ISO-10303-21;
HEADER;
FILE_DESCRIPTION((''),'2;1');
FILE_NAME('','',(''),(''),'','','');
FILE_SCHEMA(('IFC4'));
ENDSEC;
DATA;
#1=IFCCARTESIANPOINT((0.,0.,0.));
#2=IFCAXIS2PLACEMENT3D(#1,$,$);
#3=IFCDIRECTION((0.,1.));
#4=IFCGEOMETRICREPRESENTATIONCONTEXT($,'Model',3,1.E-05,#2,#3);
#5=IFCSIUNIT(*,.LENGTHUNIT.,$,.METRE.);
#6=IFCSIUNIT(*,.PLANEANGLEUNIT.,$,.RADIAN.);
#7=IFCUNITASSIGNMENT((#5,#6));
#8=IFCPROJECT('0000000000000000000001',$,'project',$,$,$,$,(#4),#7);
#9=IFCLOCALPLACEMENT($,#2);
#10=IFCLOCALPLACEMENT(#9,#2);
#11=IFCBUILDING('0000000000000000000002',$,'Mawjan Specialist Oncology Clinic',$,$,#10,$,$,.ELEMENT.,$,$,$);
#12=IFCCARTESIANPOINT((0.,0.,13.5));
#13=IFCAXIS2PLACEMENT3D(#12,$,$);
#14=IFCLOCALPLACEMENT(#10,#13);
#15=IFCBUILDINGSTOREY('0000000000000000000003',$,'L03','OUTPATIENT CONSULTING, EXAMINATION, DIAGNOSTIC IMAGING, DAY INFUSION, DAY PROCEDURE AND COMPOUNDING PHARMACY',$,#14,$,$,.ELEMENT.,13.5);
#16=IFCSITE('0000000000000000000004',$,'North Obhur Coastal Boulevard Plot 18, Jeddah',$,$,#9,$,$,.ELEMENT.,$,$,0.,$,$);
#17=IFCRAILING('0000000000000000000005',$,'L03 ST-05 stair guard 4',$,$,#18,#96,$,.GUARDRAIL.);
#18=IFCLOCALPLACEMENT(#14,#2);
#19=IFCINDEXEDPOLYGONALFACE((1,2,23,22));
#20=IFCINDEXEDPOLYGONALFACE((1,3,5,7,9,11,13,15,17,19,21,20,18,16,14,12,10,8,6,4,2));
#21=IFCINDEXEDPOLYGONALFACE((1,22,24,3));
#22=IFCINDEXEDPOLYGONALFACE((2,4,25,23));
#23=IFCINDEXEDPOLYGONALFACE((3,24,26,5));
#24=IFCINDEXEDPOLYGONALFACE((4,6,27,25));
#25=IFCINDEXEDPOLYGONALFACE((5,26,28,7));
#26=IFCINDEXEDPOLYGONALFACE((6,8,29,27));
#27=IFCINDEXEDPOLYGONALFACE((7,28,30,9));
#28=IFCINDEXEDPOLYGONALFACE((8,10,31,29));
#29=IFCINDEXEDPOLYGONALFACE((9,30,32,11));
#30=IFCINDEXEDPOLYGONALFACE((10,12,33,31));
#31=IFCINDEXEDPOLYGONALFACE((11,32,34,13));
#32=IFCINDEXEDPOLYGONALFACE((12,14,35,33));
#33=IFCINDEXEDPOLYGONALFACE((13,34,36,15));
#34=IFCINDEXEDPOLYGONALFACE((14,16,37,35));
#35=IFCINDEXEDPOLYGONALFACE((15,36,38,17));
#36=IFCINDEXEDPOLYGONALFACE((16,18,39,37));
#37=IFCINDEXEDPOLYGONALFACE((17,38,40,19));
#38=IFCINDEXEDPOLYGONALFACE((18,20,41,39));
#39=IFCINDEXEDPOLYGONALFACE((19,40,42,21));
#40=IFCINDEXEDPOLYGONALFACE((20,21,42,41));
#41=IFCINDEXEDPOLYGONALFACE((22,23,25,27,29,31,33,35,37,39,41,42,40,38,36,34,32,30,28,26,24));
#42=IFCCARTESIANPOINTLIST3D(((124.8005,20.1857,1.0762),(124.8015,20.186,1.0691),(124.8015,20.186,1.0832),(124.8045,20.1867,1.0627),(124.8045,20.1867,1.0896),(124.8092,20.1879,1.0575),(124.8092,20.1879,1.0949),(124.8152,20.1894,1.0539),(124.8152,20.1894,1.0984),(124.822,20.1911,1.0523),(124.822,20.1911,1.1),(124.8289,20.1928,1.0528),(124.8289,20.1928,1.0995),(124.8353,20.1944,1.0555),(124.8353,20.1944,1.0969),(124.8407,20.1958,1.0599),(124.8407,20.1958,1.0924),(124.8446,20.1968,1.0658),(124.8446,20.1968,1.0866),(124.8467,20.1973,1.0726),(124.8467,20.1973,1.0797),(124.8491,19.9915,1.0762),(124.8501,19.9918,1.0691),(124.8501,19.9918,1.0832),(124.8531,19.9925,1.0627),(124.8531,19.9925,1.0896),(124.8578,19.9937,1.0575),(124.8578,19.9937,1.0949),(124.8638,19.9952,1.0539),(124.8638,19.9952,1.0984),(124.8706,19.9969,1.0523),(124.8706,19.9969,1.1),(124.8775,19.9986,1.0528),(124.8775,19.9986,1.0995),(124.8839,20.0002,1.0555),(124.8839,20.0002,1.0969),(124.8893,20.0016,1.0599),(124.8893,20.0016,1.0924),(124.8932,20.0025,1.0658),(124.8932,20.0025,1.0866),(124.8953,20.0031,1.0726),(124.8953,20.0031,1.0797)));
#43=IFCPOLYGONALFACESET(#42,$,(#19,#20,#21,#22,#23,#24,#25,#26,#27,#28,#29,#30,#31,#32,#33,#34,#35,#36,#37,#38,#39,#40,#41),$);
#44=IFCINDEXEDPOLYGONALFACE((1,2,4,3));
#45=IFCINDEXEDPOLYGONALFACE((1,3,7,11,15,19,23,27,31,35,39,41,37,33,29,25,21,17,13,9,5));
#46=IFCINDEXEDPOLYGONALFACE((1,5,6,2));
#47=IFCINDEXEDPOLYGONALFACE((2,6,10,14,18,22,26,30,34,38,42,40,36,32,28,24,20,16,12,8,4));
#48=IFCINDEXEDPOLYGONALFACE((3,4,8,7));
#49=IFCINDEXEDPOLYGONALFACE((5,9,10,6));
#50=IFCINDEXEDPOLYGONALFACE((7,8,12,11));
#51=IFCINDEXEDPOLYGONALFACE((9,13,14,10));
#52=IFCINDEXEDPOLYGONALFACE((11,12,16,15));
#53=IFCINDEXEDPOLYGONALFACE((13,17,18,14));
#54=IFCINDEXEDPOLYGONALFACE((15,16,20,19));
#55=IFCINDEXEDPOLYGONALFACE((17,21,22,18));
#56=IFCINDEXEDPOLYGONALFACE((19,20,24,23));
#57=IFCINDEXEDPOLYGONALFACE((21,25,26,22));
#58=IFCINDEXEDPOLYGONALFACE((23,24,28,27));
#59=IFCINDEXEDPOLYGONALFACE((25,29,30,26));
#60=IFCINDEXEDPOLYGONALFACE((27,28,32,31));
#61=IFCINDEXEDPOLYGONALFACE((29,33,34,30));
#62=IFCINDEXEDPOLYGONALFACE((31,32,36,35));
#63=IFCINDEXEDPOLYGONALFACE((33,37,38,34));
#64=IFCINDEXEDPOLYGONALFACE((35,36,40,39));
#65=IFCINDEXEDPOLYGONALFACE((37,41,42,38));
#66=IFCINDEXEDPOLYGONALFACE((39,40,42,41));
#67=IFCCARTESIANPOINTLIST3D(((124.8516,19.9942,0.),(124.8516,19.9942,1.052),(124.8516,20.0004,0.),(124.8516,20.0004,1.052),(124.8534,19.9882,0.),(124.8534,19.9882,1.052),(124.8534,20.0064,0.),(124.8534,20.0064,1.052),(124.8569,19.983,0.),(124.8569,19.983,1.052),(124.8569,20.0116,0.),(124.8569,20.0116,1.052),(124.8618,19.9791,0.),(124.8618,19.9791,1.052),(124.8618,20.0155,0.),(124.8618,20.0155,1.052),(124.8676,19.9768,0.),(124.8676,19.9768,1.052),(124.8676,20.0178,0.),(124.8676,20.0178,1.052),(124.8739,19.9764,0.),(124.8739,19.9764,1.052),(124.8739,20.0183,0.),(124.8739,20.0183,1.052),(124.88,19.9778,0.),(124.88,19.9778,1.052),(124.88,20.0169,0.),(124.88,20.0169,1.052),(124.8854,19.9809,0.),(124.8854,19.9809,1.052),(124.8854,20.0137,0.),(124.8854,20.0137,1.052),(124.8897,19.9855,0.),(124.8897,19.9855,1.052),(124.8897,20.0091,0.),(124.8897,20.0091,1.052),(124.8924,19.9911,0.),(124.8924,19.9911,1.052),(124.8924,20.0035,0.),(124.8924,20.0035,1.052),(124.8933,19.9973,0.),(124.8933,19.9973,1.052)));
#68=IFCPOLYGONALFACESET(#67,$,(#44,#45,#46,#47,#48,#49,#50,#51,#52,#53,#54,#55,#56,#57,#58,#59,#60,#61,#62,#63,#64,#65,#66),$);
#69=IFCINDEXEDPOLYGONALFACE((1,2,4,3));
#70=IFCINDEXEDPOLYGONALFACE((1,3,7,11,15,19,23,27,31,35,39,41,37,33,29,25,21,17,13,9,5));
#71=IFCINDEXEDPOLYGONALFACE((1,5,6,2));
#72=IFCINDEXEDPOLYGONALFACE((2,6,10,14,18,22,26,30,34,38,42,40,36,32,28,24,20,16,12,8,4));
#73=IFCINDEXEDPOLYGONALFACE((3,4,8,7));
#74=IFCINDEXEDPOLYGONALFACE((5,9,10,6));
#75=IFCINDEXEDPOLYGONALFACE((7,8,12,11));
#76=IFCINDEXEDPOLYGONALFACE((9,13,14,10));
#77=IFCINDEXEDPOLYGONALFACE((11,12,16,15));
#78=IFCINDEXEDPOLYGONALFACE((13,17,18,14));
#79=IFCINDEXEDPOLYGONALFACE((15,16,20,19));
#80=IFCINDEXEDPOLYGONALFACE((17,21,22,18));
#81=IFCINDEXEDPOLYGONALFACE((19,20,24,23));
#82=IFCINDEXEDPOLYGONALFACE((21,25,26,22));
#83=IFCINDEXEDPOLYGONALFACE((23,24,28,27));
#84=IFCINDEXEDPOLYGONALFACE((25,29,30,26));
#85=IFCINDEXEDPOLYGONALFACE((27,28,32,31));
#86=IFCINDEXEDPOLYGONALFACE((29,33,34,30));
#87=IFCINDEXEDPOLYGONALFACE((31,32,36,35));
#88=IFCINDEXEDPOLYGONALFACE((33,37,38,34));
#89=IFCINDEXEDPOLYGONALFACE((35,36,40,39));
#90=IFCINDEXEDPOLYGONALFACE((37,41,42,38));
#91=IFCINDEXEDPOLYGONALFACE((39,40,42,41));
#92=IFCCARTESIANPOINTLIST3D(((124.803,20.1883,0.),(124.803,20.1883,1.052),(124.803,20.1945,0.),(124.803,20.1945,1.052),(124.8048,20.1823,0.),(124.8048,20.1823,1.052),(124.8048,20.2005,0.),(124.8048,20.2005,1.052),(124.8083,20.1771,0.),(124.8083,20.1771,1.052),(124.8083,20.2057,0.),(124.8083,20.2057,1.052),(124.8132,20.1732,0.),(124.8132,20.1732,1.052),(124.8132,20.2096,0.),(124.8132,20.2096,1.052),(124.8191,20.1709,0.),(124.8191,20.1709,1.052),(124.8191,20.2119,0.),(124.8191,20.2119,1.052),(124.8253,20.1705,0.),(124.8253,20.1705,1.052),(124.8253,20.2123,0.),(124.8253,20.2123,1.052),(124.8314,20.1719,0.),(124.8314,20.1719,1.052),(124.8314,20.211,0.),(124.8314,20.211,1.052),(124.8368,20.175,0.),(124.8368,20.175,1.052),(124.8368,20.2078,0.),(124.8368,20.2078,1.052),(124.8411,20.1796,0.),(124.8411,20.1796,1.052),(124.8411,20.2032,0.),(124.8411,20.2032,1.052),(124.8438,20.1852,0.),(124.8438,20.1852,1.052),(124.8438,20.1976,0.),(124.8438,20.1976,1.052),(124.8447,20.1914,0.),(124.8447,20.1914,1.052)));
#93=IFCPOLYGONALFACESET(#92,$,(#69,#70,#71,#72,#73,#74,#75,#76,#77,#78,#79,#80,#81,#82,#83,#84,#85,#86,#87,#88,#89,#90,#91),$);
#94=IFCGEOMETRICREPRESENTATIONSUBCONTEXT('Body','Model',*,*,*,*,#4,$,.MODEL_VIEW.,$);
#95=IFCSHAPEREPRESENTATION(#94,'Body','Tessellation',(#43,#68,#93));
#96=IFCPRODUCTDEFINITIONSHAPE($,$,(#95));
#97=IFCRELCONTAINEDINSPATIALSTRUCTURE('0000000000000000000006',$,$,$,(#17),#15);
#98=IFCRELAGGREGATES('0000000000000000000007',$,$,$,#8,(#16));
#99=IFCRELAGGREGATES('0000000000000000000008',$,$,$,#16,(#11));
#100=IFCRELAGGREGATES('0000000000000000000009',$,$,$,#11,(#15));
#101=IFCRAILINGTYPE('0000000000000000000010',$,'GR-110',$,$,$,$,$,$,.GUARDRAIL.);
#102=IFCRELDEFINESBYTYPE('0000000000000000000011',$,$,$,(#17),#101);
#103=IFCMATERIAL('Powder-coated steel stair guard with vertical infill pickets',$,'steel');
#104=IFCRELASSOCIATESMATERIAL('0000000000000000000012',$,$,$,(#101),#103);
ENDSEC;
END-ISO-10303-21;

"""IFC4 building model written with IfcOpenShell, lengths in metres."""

from ifc_helpers import new_model, si_unit, direction, frame, origin, origin_2d, place, context, subcontext, project, spatial, circle, extrude, material, type_object, element, save


model = new_model("IFC4")

# Units and contexts
model_context = context("Model", 3, precision=1e-05, world=origin(), true_north=direction((0.0, 1.0)))
body_context = subcontext(model_context, "Body", "Model", "MODEL_VIEW")
ifc_project = project(units=[si_unit("LENGTHUNIT", "METRE"), si_unit("PLANEANGLEUNIT", "RADIAN")], contexts=[model_context])

# Site, building, storey
site_placement = place(None, origin())
site = spatial("IfcSite", under=ifc_project, at=site_placement, Name="North Obhur Coastal Boulevard Plot 18, Jeddah", CompositionType="ELEMENT", RefElevation=0.0)
building_placement = place(site_placement, origin())
building = spatial("IfcBuilding", under=site, at=building_placement, Name="Mawjan Specialist Oncology Clinic", CompositionType="ELEMENT")
storey_placement = place(building_placement, frame((0.0, 0.0, 13.5)))
storey = spatial("IfcBuildingStorey", under=building, at=storey_placement, Name="L03", Description="OUTPATIENT CONSULTING, EXAMINATION, DIAGNOSTIC IMAGING, DAY INFUSION, DAY PROCEDURE AND COMPOUNDING PHARMACY", CompositionType="ELEMENT", Elevation=13.5)

# Railing
ifc_material_1 = material(Name="Powder-coated steel stair guard with vertical infill pickets", Category="steel")
railing_type_1 = type_object("IfcRailingType", Name="GR-110", PredefinedType="GUARDRAIL", material=ifc_material_1)
railing_1_placement = place(storey_placement, frame((124.8723, 19.9973, 0.0)))
element("IfcRailing", 1, at=railing_1_placement, inside=storey, type_object=railing_type_1, Name="L03 ST-05 stair guard 4", PredefinedType="GUARDRAIL", context=body_context, shape_type="SweptSolid", body=[
    extrude(circle(Radius=0.0239, at=origin_2d()), frame((0.0, 0.0, 1.0762), z_axis=(-0.242823, 0.970071, 0.0), x_axis=(-0.970071, -0.242823, 0.0)), (0.0, 0.0, 1.0), 0.2002),
    extrude(circle(Radius=0.021, at=origin_2d()), origin(), (0.0, 0.0, 1.0), 1.052),
    extrude(circle(Radius=0.021, at=origin_2d()), frame((-0.0486, 0.1941, 0.0)), (0.0, 0.0, 1.0), 1.052),
])

save(model, "model.ifc")
